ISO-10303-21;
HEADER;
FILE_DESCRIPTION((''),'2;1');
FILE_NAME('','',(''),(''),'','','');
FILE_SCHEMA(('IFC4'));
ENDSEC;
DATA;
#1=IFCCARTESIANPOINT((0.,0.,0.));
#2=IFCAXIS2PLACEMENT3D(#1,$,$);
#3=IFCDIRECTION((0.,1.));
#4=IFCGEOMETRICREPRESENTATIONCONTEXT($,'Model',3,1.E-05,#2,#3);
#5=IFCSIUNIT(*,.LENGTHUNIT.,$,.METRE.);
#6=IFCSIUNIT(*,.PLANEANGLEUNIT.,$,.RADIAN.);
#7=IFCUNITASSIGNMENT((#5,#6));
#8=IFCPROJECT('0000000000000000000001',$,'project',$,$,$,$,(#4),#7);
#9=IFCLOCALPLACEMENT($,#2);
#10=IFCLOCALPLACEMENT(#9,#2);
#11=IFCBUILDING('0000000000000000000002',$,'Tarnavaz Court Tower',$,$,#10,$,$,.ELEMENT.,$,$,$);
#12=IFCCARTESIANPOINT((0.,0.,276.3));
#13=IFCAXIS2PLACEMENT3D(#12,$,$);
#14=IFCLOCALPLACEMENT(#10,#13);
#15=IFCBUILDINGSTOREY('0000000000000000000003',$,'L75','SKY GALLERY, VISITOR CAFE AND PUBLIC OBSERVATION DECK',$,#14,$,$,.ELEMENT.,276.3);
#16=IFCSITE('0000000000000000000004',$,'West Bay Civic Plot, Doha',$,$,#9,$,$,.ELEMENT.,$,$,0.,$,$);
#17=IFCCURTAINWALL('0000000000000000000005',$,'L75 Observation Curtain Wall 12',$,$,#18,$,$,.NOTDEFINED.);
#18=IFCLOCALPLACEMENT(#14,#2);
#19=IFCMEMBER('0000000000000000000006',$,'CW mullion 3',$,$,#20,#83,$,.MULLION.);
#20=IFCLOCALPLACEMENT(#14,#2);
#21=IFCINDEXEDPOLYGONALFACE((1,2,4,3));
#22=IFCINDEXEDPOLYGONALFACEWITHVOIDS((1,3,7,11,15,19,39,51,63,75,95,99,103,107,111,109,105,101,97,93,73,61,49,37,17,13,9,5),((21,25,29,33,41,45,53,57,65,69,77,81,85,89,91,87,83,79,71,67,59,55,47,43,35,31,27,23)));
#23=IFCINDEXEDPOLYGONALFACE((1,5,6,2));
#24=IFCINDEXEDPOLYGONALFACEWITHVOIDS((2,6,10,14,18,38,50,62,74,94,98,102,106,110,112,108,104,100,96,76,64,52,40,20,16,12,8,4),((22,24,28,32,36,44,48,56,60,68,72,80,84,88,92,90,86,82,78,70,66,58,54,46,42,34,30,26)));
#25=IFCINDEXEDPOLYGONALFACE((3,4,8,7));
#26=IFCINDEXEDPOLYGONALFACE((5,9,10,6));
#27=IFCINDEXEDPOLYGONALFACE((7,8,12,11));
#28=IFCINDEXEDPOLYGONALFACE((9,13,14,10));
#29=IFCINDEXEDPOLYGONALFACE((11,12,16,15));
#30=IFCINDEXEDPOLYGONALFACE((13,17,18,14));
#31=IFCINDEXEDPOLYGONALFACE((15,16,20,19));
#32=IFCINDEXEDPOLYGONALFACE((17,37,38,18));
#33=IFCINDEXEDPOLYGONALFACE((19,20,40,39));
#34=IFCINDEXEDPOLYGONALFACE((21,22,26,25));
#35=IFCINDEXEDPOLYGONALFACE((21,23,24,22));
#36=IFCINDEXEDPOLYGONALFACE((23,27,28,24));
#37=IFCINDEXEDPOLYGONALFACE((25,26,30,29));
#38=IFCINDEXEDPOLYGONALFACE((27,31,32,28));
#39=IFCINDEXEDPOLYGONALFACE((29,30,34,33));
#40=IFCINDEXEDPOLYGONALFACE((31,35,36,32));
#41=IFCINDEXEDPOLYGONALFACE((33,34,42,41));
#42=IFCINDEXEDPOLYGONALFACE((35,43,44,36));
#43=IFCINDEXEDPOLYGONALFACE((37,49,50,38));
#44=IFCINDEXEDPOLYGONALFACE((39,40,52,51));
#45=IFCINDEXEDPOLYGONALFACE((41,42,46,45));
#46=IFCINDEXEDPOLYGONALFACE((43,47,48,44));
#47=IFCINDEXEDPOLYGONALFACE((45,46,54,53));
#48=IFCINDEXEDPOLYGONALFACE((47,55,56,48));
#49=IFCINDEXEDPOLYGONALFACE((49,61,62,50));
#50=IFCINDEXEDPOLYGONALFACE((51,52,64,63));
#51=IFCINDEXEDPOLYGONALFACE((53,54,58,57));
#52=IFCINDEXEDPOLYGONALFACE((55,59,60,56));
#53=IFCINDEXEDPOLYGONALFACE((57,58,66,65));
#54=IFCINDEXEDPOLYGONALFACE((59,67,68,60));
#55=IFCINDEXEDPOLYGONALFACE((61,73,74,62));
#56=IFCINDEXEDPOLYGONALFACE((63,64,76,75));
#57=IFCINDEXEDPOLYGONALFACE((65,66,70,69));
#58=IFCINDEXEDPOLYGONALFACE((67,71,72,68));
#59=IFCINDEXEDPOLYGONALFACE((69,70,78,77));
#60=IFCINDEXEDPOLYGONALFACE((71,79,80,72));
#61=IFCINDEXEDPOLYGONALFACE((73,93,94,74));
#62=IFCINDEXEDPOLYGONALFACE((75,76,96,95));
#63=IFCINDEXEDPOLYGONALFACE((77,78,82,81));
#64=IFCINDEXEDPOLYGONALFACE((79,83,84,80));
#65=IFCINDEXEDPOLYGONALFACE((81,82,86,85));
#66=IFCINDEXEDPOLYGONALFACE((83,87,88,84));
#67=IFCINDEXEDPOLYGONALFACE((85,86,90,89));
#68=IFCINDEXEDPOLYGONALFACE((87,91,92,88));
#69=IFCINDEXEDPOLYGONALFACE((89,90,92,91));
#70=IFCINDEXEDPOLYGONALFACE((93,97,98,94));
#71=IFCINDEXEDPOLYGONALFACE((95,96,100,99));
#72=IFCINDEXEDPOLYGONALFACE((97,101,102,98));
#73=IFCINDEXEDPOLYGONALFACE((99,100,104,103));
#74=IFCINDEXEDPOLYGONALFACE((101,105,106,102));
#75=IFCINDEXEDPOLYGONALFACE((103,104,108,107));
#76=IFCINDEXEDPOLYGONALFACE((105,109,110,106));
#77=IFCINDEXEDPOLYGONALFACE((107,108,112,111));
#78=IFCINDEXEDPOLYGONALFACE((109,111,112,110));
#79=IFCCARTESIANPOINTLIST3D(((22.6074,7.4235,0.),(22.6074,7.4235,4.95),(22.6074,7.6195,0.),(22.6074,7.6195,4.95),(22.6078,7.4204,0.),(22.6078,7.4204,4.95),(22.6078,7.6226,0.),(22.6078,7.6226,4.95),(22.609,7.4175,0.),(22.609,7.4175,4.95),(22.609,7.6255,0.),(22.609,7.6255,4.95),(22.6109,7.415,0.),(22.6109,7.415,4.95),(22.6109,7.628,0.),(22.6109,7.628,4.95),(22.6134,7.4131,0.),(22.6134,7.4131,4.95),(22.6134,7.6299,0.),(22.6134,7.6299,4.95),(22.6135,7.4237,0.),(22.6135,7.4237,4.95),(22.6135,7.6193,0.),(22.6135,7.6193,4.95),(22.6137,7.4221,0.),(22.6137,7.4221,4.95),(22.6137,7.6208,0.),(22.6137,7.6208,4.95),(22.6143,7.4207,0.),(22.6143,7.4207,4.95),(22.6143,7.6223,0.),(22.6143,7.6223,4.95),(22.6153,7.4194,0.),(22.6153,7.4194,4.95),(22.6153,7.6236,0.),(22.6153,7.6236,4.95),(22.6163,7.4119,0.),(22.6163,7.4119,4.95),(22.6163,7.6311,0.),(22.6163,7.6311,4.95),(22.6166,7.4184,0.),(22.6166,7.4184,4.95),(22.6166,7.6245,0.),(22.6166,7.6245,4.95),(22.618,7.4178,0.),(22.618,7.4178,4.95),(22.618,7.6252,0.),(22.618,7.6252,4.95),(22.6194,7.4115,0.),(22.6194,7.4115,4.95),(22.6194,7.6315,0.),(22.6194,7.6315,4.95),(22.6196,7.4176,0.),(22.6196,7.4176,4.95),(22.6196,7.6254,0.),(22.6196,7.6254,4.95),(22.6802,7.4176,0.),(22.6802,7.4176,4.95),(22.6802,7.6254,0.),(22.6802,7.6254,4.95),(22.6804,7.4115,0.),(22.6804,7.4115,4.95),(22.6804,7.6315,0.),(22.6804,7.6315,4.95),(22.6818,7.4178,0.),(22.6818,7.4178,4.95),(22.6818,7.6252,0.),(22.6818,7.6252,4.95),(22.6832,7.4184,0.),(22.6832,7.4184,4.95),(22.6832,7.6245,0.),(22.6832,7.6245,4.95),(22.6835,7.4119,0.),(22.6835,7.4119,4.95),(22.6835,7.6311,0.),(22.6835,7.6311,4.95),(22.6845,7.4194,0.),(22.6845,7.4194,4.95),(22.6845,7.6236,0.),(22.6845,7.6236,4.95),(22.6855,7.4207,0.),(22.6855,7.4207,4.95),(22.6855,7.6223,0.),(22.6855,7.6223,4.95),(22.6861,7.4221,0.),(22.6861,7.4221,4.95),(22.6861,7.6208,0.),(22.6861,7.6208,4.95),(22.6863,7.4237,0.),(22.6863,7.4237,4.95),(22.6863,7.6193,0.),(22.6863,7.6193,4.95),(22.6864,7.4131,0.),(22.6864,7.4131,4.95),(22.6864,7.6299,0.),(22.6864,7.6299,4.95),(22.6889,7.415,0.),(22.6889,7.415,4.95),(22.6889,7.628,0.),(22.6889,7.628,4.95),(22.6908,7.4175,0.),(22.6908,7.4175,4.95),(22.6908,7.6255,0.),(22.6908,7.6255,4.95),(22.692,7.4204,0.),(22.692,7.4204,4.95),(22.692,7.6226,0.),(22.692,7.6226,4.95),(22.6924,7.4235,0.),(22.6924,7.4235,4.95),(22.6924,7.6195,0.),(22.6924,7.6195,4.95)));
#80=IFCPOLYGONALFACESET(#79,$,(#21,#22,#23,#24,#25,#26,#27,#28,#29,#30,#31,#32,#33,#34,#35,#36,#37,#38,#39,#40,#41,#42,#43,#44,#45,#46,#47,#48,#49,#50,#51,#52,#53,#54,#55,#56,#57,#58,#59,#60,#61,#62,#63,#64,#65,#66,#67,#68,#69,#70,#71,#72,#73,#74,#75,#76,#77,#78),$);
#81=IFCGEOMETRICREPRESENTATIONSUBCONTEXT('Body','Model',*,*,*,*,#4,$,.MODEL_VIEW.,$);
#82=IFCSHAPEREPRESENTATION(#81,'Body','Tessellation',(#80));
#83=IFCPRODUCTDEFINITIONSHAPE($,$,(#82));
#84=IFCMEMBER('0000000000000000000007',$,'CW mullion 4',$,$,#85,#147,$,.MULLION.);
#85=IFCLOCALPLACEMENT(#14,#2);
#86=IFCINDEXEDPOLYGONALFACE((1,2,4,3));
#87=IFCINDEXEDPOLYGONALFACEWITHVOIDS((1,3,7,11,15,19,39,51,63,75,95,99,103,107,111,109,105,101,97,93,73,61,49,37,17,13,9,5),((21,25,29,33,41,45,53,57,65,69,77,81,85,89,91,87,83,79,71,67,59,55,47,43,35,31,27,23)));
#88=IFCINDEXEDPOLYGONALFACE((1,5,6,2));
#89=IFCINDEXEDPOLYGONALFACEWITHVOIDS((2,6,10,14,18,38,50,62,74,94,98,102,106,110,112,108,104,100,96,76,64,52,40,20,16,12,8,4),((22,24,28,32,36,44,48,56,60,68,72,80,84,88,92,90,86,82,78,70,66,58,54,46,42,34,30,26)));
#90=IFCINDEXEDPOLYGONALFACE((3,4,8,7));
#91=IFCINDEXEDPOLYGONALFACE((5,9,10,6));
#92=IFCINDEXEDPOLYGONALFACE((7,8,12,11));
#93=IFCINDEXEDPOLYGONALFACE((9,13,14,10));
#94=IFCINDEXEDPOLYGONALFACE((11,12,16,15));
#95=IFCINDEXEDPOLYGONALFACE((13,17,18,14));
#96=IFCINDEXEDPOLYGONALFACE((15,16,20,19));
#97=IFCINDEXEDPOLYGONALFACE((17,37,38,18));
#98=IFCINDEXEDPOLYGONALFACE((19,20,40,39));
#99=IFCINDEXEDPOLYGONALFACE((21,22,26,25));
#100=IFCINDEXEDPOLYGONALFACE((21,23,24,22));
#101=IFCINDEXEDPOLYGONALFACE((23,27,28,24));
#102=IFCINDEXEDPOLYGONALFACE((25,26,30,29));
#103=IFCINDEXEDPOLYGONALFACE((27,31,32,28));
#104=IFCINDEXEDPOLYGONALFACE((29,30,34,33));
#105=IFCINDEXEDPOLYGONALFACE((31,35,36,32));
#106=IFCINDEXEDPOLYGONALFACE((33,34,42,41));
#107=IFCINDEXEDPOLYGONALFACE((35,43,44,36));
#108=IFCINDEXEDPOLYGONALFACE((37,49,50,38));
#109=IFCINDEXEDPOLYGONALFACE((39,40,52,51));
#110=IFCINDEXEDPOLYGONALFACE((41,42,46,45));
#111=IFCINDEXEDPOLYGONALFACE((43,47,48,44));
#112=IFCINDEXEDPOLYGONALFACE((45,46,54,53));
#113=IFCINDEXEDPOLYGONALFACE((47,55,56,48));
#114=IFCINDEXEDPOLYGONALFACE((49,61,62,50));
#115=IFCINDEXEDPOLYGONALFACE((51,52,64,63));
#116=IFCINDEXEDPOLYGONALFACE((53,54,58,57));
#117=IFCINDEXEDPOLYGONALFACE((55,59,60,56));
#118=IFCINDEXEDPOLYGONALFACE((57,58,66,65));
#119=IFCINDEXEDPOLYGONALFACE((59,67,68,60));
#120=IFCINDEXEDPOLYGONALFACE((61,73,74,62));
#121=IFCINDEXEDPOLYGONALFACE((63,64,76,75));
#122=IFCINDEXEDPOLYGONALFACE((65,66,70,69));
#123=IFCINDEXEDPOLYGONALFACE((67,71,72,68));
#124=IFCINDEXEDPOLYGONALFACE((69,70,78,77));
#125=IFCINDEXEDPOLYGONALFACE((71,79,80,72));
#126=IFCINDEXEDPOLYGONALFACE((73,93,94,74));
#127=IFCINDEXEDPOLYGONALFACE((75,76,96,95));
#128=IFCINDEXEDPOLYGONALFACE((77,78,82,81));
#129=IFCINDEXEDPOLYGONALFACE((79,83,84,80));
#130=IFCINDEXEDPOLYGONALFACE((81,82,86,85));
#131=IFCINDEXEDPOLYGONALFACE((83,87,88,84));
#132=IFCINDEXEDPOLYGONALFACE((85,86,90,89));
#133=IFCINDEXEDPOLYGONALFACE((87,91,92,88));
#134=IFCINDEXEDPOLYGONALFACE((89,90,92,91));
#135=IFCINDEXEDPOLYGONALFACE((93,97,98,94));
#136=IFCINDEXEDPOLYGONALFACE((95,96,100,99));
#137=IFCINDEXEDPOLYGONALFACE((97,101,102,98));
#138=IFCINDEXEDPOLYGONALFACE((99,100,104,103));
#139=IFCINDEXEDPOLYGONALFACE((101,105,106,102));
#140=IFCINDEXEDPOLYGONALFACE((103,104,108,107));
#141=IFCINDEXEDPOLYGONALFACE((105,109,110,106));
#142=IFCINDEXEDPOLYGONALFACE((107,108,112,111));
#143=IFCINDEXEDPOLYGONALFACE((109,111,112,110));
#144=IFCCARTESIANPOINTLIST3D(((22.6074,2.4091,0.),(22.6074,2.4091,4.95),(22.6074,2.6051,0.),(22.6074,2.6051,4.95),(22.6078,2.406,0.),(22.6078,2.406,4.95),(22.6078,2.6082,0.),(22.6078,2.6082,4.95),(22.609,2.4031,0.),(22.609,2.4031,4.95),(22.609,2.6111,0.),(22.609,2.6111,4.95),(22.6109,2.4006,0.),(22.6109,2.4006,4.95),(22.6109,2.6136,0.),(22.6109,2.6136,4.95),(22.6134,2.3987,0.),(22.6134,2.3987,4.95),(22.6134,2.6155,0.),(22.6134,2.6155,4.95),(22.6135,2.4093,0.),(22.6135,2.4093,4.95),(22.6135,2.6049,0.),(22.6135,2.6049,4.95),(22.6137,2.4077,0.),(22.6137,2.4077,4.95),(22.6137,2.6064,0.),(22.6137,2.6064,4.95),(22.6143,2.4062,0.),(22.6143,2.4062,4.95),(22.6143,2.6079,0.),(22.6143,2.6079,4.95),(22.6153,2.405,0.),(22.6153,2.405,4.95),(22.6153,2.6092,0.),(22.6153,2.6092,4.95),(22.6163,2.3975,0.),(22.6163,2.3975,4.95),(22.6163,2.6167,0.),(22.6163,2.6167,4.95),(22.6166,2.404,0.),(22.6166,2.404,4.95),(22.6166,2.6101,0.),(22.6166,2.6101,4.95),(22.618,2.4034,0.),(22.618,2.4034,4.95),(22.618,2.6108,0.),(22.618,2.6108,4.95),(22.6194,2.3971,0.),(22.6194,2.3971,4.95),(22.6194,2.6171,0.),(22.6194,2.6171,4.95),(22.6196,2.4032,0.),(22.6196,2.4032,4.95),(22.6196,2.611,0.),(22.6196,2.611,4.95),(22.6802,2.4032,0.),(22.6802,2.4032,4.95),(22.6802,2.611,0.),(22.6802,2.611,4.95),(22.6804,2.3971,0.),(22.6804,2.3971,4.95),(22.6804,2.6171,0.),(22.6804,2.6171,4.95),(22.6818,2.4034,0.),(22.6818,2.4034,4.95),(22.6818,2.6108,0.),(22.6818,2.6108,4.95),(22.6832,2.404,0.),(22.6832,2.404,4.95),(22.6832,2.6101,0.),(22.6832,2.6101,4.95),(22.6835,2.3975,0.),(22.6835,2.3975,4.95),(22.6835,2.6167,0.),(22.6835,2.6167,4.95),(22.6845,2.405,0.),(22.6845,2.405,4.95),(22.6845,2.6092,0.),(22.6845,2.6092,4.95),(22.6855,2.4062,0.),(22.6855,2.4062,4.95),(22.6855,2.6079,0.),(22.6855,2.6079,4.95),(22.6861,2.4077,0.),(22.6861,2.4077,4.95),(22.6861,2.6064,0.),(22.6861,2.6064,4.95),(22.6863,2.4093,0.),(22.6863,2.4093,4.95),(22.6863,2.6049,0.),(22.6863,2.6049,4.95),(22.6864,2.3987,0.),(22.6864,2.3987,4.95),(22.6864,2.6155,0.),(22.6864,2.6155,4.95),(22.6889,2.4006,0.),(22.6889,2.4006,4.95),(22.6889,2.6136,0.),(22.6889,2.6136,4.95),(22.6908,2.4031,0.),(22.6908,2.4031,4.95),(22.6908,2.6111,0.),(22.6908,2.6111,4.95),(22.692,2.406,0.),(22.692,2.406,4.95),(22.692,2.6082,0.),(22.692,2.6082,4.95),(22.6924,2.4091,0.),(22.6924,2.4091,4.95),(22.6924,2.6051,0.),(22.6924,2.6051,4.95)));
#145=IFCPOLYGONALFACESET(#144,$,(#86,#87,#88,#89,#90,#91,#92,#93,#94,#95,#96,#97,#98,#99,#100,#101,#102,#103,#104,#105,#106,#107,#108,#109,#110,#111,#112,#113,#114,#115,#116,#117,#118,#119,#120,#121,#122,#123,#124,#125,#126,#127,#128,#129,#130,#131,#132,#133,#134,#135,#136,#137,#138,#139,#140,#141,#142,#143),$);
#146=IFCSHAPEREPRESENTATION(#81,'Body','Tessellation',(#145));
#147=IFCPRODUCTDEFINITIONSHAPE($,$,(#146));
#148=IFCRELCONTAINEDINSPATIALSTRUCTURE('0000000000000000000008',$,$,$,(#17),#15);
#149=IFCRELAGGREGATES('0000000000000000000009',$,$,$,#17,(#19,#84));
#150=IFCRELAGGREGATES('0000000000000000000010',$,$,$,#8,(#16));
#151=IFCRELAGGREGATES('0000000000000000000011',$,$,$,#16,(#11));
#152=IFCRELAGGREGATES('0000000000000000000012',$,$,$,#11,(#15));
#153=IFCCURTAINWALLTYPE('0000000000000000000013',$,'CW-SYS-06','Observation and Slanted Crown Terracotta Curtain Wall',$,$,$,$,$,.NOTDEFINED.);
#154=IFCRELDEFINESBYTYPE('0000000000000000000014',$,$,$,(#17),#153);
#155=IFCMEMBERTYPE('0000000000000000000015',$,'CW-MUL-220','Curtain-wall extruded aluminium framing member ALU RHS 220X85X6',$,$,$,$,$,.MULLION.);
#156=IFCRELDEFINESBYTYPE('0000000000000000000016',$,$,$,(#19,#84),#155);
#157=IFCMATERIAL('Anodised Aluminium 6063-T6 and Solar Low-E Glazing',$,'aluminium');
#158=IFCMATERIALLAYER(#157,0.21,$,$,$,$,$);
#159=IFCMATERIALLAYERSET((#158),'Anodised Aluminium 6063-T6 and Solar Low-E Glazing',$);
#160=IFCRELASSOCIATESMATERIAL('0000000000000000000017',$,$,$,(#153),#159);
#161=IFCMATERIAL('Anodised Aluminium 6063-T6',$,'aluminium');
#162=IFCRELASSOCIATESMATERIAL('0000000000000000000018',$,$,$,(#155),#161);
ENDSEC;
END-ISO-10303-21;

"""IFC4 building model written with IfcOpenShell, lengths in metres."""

from ifc_helpers import new_model, si_unit, direction, frame, origin, origin_2d, place, context, subcontext, project, spatial, hollow_rectangle, extrude, material, layer, layer_set, material_profile, profile_set, type_object, element, aggregate, save


model = new_model("IFC4")

# Units and contexts
model_context = context("Model", 3, precision=1e-05, world=origin(), true_north=direction((0.0, 1.0)))
body_context = subcontext(model_context, "Body", "Model", "MODEL_VIEW")
ifc_project = project(units=[si_unit("LENGTHUNIT", "METRE"), si_unit("PLANEANGLEUNIT", "RADIAN")], contexts=[model_context])

# Site, building, storey
site_placement = place(None, origin())
site = spatial("IfcSite", under=ifc_project, at=site_placement, Name="West Bay Civic Plot, Doha", CompositionType="ELEMENT", RefElevation=0.0)
building_placement = place(site_placement, origin())
building = spatial("IfcBuilding", under=site, at=building_placement, Name="Tarnavaz Court Tower", CompositionType="ELEMENT")
storey_placement = place(building_placement, frame((0.0, 0.0, 276.3)))
storey = spatial("IfcBuildingStorey", under=building, at=storey_placement, Name="L75", Description="SKY GALLERY, VISITOR CAFE AND PUBLIC OBSERVATION DECK", CompositionType="ELEMENT", Elevation=276.3)

# Curtain wall, members
ifc_material_1 = material(Name="Anodised Aluminium 6063-T6 and Solar Low-E Glazing", Category="aluminium")
ifc_layer_1 = layer(ifc_material_1, 0.21)
ifc_layer_set_1 = layer_set([ifc_layer_1], Name="Anodised Aluminium 6063-T6 and Solar Low-E Glazing")
curtain_wall_type = type_object("IfcCurtainWallType", Name="CW-SYS-06", Description="Observation and Slanted Crown Terracotta Curtain Wall", PredefinedType="NOTDEFINED", material=ifc_layer_set_1)
curtain_wall_placement = place(storey_placement, origin())
curtain_wall = element("IfcCurtainWall", 1, at=curtain_wall_placement, inside=storey, type_object=curtain_wall_type, Name="L75 Observation Curtain Wall 12", PredefinedType="NOTDEFINED")
ifc_material_2 = material(Name="Anodised Aluminium 6063-T6", Category="aluminium")
ifc_material_profile_1 = material_profile(ifc_material_2, hollow_rectangle(XDim=0.085, YDim=0.22, WallThickness=0.0061, InnerFilletRadius=0.0061, OuterFilletRadius=0.012, at=origin_2d()), Name="ALU RHS 220X85X6")
ifc_profile_set_1 = profile_set([ifc_material_profile_1], Name="Anodised Aluminium 6063-T6")
member_type_1 = type_object("IfcMemberType", Name="CW-MUL-220", Description="Curtain-wall extruded aluminium framing member ALU RHS 220X85X6", PredefinedType="MULLION", material=ifc_profile_set_1)
member_1_placement = place(storey_placement, frame((22.6499, 7.5215, 0.0), z_axis=(0.0, 0.0, 1.0), x_axis=(1.0, 0.0, 0.0)))
member_1 = element("IfcMember", 2, at=member_1_placement, type_object=member_type_1, Name="CW mullion 3", PredefinedType="MULLION", context=body_context, shape_type="SweptSolid", body=[
    extrude(hollow_rectangle(XDim=0.085, YDim=0.22, WallThickness=0.0061, InnerFilletRadius=0.0061, OuterFilletRadius=0.012, at=origin_2d()), origin(), (0.0, 0.0, 1.0), 4.95),
])
member_2_placement = place(storey_placement, frame((22.6499, 2.5071, 0.0), z_axis=(0.0, 0.0, 1.0), x_axis=(1.0, 0.0, 0.0)))
member_2 = element("IfcMember", 3, at=member_2_placement, type_object=member_type_1, Name="CW mullion 4", PredefinedType="MULLION", context=body_context, shape_type="SweptSolid", body=[
    extrude(hollow_rectangle(XDim=0.085, YDim=0.22, WallThickness=0.0061, InnerFilletRadius=0.0061, OuterFilletRadius=0.012, at=origin_2d()), origin(), (0.0, 0.0, 1.0), 4.95),
])
aggregate(curtain_wall, [member_1, member_2])

save(model, "model.ifc")
